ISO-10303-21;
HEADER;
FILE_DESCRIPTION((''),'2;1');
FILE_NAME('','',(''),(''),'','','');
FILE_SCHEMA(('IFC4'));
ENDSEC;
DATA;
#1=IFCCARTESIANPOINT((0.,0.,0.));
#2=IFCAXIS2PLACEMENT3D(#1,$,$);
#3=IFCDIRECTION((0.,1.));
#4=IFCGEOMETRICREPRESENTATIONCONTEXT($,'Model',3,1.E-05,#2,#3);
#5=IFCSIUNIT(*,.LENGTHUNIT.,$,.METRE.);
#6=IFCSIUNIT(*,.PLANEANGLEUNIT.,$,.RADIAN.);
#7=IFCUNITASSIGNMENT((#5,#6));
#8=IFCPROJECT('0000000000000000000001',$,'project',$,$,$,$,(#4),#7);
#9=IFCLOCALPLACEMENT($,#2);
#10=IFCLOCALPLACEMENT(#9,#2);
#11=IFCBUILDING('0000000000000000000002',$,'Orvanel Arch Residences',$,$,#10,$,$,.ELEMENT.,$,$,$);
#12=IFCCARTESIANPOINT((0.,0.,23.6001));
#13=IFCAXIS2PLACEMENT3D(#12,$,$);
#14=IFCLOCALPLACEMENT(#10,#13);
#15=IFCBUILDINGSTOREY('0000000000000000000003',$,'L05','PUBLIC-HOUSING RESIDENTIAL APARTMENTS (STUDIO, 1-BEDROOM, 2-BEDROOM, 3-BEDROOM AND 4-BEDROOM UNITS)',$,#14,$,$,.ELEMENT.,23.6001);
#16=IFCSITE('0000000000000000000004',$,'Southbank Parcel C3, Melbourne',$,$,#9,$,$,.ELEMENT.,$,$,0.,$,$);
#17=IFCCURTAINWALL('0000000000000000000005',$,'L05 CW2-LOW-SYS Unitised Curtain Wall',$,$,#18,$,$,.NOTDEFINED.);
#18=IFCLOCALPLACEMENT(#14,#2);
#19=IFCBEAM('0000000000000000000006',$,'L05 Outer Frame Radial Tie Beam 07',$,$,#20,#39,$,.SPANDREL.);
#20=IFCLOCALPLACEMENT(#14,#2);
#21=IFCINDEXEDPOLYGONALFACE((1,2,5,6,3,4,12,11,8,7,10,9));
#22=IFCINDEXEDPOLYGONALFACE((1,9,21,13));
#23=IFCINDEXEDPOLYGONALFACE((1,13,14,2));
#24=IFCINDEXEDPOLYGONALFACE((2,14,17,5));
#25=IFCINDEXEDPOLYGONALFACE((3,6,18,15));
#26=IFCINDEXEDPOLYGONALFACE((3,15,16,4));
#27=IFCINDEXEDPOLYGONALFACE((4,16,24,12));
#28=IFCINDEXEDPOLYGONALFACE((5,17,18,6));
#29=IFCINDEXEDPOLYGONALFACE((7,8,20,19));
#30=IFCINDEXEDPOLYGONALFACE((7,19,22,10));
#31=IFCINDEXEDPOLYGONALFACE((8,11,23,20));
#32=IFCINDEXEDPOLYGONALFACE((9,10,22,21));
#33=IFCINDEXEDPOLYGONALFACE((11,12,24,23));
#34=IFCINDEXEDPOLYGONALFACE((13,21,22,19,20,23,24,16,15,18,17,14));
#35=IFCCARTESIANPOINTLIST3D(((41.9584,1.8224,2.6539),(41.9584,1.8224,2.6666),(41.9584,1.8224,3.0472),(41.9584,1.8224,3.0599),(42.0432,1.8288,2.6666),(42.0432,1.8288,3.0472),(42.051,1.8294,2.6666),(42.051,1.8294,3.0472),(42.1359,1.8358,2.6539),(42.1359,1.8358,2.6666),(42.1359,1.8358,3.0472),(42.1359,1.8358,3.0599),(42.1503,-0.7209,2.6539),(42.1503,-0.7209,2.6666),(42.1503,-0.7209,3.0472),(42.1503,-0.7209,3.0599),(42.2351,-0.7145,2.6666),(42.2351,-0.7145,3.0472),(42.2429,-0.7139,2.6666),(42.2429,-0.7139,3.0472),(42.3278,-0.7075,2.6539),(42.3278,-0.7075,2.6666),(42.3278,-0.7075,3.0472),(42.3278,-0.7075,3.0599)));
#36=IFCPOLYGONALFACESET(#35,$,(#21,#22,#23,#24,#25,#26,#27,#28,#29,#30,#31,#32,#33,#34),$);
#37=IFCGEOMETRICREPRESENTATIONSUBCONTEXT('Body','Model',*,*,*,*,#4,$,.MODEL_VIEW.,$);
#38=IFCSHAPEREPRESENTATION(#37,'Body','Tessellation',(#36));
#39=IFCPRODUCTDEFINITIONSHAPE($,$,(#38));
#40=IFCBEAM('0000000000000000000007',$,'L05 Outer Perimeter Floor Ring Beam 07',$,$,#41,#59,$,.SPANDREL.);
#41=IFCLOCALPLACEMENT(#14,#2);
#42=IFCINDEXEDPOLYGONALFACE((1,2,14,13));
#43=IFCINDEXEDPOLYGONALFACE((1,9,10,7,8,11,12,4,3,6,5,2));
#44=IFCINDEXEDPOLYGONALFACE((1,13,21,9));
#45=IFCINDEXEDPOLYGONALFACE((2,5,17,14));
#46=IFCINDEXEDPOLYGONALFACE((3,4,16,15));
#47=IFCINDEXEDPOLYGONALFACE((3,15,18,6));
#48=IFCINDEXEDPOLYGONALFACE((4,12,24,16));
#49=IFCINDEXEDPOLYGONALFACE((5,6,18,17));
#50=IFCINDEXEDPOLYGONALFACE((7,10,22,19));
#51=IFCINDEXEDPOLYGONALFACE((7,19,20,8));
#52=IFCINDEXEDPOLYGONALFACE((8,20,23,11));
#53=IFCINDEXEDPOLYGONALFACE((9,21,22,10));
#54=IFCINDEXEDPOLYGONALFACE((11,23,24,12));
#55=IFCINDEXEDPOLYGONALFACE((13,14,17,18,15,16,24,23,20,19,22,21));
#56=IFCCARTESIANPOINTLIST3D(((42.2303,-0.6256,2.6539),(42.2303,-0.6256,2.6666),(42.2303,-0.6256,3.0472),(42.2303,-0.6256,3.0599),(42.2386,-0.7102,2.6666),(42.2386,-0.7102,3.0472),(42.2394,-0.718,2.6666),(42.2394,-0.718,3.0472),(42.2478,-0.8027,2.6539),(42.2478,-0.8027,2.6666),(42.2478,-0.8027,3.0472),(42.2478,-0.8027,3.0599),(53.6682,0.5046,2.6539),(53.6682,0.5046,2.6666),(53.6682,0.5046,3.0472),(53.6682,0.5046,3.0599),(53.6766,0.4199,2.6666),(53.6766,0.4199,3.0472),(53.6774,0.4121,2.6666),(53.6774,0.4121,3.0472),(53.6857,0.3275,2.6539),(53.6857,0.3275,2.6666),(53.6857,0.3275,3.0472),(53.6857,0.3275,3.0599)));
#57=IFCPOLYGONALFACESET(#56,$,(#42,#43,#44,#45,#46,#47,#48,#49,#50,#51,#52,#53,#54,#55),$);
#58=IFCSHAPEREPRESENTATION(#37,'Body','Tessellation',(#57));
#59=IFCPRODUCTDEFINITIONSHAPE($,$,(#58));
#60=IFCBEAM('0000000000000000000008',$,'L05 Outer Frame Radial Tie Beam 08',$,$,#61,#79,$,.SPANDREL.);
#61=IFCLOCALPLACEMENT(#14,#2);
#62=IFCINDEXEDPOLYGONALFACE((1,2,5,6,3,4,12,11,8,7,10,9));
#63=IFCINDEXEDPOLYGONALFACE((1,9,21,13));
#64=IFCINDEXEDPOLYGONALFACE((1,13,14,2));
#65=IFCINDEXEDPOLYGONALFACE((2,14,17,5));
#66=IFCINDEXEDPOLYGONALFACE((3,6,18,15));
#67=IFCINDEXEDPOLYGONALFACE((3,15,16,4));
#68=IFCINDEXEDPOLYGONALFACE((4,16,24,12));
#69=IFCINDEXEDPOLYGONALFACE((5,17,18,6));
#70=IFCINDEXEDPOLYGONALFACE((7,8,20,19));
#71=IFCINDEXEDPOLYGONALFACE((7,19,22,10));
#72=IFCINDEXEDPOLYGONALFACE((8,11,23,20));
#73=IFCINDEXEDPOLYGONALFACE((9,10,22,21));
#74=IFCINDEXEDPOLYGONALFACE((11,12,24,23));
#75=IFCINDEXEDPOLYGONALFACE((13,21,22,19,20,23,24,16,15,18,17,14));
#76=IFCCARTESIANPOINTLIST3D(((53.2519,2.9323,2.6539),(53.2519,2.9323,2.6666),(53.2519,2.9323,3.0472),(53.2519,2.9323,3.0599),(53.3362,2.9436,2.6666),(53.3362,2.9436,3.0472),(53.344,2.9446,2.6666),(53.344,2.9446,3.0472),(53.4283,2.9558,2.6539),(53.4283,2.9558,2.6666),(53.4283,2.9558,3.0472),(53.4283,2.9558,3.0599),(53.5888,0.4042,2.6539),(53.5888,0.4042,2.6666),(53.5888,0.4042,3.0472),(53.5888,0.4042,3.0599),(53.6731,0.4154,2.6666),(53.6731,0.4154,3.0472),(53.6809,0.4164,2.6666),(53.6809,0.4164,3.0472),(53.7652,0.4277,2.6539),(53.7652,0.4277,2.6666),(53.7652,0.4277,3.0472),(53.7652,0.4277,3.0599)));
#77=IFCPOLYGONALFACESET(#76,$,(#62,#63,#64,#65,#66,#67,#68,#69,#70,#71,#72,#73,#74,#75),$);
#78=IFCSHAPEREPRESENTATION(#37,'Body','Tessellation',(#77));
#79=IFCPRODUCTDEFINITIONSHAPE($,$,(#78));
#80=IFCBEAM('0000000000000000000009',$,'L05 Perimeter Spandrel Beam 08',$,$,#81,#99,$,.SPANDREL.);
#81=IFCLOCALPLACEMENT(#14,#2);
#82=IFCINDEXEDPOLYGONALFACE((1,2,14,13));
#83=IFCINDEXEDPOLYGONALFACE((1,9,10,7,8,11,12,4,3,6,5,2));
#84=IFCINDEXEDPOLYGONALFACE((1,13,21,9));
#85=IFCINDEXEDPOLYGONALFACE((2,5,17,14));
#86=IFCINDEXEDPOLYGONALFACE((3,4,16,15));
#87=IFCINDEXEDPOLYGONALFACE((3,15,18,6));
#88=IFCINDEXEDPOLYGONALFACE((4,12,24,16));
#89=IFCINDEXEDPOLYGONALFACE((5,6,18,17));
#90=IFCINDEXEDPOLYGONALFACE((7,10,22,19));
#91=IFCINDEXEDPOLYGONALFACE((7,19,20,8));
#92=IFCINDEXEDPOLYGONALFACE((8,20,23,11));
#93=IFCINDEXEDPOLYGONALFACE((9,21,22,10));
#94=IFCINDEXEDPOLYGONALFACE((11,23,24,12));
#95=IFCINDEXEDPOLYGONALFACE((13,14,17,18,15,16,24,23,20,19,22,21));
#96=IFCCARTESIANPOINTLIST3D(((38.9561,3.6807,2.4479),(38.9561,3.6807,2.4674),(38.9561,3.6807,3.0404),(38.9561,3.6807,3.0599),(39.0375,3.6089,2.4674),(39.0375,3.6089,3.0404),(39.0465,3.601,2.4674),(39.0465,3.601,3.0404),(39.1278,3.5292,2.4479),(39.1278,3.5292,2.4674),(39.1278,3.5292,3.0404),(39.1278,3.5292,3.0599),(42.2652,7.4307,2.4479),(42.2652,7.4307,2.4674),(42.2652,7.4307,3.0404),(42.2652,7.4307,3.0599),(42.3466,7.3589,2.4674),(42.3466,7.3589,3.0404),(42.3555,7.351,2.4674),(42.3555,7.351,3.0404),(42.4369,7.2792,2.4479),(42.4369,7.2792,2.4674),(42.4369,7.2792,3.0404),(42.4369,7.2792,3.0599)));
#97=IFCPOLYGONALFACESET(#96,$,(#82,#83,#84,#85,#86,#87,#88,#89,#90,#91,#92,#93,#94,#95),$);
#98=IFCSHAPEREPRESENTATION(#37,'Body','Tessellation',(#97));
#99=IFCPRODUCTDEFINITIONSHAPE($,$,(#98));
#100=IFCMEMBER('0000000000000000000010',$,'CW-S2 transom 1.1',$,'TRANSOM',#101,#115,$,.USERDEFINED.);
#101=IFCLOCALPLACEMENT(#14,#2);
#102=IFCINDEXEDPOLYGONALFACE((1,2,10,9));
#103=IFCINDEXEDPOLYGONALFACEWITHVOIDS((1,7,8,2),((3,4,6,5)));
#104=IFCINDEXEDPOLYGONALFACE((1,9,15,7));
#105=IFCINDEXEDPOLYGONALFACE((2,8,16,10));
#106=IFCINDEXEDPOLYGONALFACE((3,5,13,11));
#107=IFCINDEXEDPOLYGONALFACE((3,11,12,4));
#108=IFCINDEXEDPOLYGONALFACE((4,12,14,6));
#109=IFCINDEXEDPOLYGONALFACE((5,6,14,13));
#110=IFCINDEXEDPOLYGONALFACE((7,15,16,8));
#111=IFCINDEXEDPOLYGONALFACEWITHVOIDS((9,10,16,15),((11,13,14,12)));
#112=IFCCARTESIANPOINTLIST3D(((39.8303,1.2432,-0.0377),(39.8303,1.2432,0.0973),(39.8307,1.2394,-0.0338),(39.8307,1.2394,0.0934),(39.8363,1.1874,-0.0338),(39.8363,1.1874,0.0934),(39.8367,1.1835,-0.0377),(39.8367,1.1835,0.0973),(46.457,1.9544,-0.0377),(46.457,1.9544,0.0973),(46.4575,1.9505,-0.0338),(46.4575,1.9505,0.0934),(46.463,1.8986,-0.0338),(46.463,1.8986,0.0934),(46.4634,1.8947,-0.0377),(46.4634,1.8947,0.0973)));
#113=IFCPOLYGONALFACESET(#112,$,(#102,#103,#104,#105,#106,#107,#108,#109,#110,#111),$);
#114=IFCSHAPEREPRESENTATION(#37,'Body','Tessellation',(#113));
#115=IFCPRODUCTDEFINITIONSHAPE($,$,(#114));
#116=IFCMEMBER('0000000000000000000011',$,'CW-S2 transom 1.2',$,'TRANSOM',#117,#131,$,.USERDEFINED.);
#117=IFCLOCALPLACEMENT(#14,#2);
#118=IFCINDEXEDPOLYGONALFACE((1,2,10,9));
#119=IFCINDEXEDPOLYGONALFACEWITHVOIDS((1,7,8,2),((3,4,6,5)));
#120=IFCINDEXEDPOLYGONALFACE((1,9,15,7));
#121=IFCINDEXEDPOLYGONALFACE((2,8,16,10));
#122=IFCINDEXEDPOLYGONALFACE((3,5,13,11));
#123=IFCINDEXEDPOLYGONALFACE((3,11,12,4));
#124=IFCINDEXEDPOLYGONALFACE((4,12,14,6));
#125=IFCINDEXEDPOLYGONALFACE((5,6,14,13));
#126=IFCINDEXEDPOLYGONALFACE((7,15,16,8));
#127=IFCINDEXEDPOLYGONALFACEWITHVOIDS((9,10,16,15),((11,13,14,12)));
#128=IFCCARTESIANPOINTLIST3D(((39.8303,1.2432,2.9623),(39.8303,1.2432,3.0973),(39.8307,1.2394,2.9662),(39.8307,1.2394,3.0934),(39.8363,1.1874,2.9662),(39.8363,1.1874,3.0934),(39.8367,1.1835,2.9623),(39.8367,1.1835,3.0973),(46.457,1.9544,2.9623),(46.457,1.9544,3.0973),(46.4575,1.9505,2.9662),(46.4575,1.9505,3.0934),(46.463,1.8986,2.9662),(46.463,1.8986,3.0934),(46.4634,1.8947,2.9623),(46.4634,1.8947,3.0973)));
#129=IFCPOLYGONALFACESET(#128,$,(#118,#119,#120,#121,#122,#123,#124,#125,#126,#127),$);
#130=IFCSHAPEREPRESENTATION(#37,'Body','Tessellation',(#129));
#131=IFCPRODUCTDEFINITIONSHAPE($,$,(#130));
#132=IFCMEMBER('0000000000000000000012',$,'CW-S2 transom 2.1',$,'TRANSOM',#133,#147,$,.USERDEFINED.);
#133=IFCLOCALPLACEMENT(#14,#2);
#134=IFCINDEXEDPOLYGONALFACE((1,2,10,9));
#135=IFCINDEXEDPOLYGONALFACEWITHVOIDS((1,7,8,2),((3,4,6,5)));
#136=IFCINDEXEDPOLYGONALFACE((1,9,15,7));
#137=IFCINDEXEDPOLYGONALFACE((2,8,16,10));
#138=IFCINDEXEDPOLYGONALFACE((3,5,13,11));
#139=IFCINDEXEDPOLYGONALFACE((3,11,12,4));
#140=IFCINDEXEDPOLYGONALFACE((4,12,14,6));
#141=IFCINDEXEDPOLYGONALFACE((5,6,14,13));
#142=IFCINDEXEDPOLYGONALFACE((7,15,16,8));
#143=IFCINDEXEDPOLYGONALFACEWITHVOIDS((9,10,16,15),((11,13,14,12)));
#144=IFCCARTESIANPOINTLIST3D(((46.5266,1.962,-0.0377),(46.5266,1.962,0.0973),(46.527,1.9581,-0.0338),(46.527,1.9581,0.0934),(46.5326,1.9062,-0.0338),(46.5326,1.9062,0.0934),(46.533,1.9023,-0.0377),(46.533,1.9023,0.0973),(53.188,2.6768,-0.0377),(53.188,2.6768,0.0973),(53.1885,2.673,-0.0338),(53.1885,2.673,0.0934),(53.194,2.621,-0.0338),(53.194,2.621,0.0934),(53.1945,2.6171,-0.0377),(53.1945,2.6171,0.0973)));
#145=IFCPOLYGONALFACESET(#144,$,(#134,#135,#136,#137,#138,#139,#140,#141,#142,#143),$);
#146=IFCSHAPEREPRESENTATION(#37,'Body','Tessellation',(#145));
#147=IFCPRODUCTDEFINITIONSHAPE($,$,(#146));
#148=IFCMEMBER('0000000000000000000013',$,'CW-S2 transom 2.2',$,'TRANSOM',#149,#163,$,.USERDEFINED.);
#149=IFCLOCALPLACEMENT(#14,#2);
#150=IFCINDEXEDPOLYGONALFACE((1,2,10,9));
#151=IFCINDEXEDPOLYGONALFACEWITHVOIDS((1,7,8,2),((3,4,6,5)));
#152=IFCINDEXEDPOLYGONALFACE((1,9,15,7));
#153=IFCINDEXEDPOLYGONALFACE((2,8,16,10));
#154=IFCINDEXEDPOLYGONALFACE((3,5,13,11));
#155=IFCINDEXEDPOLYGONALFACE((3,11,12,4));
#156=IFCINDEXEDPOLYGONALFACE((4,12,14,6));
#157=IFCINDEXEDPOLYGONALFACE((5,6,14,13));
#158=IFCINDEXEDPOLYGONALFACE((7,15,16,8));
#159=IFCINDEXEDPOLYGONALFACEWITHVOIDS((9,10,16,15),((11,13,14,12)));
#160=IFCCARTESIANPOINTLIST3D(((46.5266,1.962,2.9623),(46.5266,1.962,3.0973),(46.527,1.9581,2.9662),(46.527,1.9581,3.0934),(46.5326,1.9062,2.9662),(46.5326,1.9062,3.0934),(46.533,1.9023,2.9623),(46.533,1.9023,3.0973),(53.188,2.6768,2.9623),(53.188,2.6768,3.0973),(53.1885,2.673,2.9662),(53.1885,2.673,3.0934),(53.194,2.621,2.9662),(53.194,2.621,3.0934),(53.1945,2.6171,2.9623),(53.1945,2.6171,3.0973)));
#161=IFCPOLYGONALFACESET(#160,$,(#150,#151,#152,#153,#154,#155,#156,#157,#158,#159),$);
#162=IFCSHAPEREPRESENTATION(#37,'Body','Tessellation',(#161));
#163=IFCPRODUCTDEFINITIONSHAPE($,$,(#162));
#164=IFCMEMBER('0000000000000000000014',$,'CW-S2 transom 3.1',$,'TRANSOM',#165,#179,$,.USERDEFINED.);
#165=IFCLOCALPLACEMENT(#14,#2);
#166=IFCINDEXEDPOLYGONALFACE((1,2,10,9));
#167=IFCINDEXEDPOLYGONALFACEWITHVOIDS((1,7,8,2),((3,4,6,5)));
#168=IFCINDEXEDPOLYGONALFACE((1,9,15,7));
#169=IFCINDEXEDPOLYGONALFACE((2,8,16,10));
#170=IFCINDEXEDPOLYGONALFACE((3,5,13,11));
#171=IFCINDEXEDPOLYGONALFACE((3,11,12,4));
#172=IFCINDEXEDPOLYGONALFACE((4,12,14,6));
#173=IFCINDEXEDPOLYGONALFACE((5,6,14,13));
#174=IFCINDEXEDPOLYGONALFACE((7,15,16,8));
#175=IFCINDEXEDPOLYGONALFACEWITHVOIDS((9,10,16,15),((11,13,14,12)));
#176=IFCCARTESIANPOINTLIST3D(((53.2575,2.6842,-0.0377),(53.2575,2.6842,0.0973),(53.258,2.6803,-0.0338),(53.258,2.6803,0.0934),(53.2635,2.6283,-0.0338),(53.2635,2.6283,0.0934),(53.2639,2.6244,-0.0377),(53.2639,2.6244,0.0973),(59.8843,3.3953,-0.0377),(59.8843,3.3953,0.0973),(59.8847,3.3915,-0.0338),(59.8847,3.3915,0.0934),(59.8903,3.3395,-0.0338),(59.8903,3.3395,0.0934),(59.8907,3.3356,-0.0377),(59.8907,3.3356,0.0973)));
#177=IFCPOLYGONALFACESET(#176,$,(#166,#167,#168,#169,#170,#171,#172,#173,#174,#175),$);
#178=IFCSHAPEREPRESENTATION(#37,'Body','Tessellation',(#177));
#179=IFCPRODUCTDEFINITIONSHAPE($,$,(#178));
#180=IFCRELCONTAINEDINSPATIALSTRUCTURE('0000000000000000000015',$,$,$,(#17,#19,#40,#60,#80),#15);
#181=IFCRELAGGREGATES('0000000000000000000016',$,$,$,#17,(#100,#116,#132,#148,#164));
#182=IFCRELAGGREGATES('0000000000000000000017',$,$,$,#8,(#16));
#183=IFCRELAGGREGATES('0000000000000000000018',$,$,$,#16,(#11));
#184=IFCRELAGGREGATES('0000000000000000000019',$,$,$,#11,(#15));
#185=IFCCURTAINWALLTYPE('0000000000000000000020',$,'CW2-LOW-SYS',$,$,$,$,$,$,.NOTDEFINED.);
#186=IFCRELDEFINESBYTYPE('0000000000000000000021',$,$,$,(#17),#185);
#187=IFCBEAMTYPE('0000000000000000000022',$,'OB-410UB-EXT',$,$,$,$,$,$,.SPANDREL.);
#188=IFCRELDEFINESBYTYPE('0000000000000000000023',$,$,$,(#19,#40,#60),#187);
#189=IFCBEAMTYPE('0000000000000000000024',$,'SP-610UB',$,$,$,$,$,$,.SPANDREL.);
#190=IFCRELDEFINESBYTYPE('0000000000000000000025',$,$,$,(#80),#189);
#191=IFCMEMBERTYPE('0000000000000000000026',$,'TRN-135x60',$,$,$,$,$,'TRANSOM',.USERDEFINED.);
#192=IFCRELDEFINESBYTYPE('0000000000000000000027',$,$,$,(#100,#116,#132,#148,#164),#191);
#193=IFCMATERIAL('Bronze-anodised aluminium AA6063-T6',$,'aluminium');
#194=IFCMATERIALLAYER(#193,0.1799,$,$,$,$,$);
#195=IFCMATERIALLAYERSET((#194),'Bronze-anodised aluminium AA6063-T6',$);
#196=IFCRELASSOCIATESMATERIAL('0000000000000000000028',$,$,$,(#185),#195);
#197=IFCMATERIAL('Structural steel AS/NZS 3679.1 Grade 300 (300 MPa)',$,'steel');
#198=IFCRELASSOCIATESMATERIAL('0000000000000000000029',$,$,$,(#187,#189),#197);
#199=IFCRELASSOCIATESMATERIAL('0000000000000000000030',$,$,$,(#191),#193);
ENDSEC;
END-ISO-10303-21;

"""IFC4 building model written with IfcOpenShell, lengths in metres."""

from ifc_helpers import new_model, si_unit, direction, frame, origin, origin_2d, place, context, subcontext, project, spatial, hollow_rectangle, i_section, extrude, material, layer, layer_set, material_profile, profile_set, type_object, element, aggregate, save


model = new_model("IFC4")

# Units and contexts
model_context = context("Model", 3, precision=1e-05, world=origin(), true_north=direction((0.0, 1.0)))
body_context = subcontext(model_context, "Body", "Model", "MODEL_VIEW")
ifc_project = project(units=[si_unit("LENGTHUNIT", "METRE"), si_unit("PLANEANGLEUNIT", "RADIAN")], contexts=[model_context])

# Site, building, storey
site_placement = place(None, origin())
site = spatial("IfcSite", under=ifc_project, at=site_placement, Name="Southbank Parcel C3, Melbourne", CompositionType="ELEMENT", RefElevation=0.0)
building_placement = place(site_placement, origin())
building = spatial("IfcBuilding", under=site, at=building_placement, Name="Orvanel Arch Residences", CompositionType="ELEMENT")
storey_placement = place(building_placement, frame((0.0, 0.0, 23.6001)))
storey = spatial("IfcBuildingStorey", under=building, at=storey_placement, Name="L05", Description="PUBLIC-HOUSING RESIDENTIAL APARTMENTS (STUDIO, 1-BEDROOM, 2-BEDROOM, 3-BEDROOM AND 4-BEDROOM UNITS)", CompositionType="ELEMENT", Elevation=23.6001)

# Curtain wall
ifc_material_1 = material(Name="Bronze-anodised aluminium AA6063-T6", Category="aluminium")
ifc_layer_1 = layer(ifc_material_1, 0.1799)
ifc_layer_set_1 = layer_set([ifc_layer_1], Name="Bronze-anodised aluminium AA6063-T6")
curtain_wall_type = type_object("IfcCurtainWallType", Name="CW2-LOW-SYS", PredefinedType="NOTDEFINED", material=ifc_layer_set_1)
curtain_wall_placement = place(storey_placement, origin())
curtain_wall = element("IfcCurtainWall", 1, at=curtain_wall_placement, inside=storey, type_object=curtain_wall_type, Name="L05 CW2-LOW-SYS Unitised Curtain Wall", PredefinedType="NOTDEFINED")

# Beams
ifc_material_2 = material(Name="Structural steel AS/NZS 3679.1 Grade 300 (300 MPa)", Category="steel")
ifc_material_profile_1 = material_profile(ifc_material_2, i_section(OverallWidth=0.178, OverallDepth=0.406, WebThickness=0.0078, FlangeThickness=0.0127, at=origin_2d()), Name="410UB59.7")
ifc_profile_set_1 = profile_set([ifc_material_profile_1], Name="Structural steel AS/NZS 3679.1 Grade 300 (300 MPa)")
beam_type_1 = type_object("IfcBeamType", Name="OB-410UB-EXT", PredefinedType="SPANDREL", material=ifc_profile_set_1)
beam_1_placement = place(storey_placement, frame((42.0471, 1.8291, 2.8569), z_axis=(0.07524, -0.997165, 0.0), x_axis=(0.997165, 0.07524, 0.0)))
element("IfcBeam", 2, at=beam_1_placement, inside=storey, type_object=beam_type_1, Name="L05 Outer Frame Radial Tie Beam 07", PredefinedType="SPANDREL", context=body_context, shape_type="SweptSolid", body=[
    extrude(i_section(OverallWidth=0.178, OverallDepth=0.406, WebThickness=0.0078, FlangeThickness=0.0127, at=origin_2d()), origin(), (0.0, 0.0, 1.0), 2.5505),
])
beam_2_placement = place(storey_placement, frame((42.239, -0.7141, 2.8569), z_axis=(0.995154, 0.098326, 0.0), x_axis=(-0.098326, 0.995154, 0.0)))
element("IfcBeam", 3, at=beam_2_placement, inside=storey, type_object=beam_type_1, Name="L05 Outer Perimeter Floor Ring Beam 07", PredefinedType="SPANDREL", context=body_context, shape_type="SweptSolid", body=[
    extrude(i_section(OverallWidth=0.178, OverallDepth=0.406, WebThickness=0.0078, FlangeThickness=0.0127, at=origin_2d()), origin(), (0.0, 0.0, 1.0), 11.4937),
])
beam_3_placement = place(storey_placement, frame((53.3401, 2.9441, 2.8569), z_axis=(0.132101, -0.991236, 0.0), x_axis=(0.991236, 0.132101, 0.0)))
element("IfcBeam", 4, at=beam_3_placement, inside=storey, type_object=beam_type_1, Name="L05 Outer Frame Radial Tie Beam 08", PredefinedType="SPANDREL", context=body_context, shape_type="SweptSolid", body=[
    extrude(i_section(OverallWidth=0.178, OverallDepth=0.406, WebThickness=0.0078, FlangeThickness=0.0127, at=origin_2d()), origin(), (0.0, 0.0, 1.0), 2.5505),
])
ifc_material_profile_2 = material_profile(ifc_material_2, i_section(OverallWidth=0.229, OverallDepth=0.6121, WebThickness=0.012, FlangeThickness=0.0195, at=origin_2d()), Name="610UB125")
ifc_profile_set_2 = profile_set([ifc_material_profile_2], Name="Structural steel AS/NZS 3679.1 Grade 300 (300 MPa)")
beam_type_2 = type_object("IfcBeamType", Name="SP-610UB", PredefinedType="SPANDREL", material=ifc_profile_set_2)
beam_4_placement = place(storey_placement, frame((39.042, 3.605, 2.7539), z_axis=(0.661651, 0.749812, 0.0), x_axis=(-0.749812, 0.661651, 0.0)))
element("IfcBeam", 5, at=beam_4_placement, inside=storey, type_object=beam_type_2, Name="L05 Perimeter Spandrel Beam 08", PredefinedType="SPANDREL", context=body_context, shape_type="SweptSolid", body=[
    extrude(i_section(OverallWidth=0.229, OverallDepth=0.6121, WebThickness=0.012, FlangeThickness=0.0195, at=origin_2d()), origin(), (0.0, 0.0, 1.0), 5.0012),
])

# Members
ifc_material_profile_3 = material_profile(ifc_material_1, hollow_rectangle(XDim=0.0601, YDim=0.135, WallThickness=0.0039, at=origin_2d()), Name="ALU135x60x4")
ifc_profile_set_3 = profile_set([ifc_material_profile_3], Name="Bronze-anodised aluminium AA6063-T6")
member_type_1 = type_object("IfcMemberType", Name="TRN-135x60", ElementType="TRANSOM", PredefinedType="USERDEFINED", material=ifc_profile_set_3)
member_1_placement = place(storey_placement, frame((39.8335, 1.2134, 0.0298), z_axis=(0.99429, 0.106708, 0.0), x_axis=(-0.106708, 0.99429, 0.0)))
member_1 = element("IfcMember", 6, at=member_1_placement, type_object=member_type_1, Name="CW-S2 transom 1.1", ObjectType="TRANSOM", PredefinedType="USERDEFINED", context=body_context, shape_type="SweptSolid", body=[
    extrude(hollow_rectangle(XDim=0.0601, YDim=0.135, WallThickness=0.0039, at=origin_2d()), origin(), (0.0, 0.0, 1.0), 6.6648),
])
member_2_placement = place(storey_placement, frame((39.8335, 1.2134, 3.0298), z_axis=(0.99429, 0.106708, 0.0), x_axis=(-0.106708, 0.99429, 0.0)))
member_2 = element("IfcMember", 7, at=member_2_placement, type_object=member_type_1, Name="CW-S2 transom 1.2", ObjectType="TRANSOM", PredefinedType="USERDEFINED", context=body_context, shape_type="SweptSolid", body=[
    extrude(hollow_rectangle(XDim=0.0601, YDim=0.135, WallThickness=0.0039, at=origin_2d()), origin(), (0.0, 0.0, 1.0), 6.6648),
])
member_3_placement = place(storey_placement, frame((46.5298, 1.9321, 0.0298), z_axis=(0.994291, 0.106699, 0.0), x_axis=(-0.106699, 0.994291, 0.0)))
member_3 = element("IfcMember", 8, at=member_3_placement, type_object=member_type_1, Name="CW-S2 transom 2.1", ObjectType="TRANSOM", PredefinedType="USERDEFINED", context=body_context, shape_type="SweptSolid", body=[
    extrude(hollow_rectangle(XDim=0.0601, YDim=0.135, WallThickness=0.0039, at=origin_2d()), origin(), (0.0, 0.0, 1.0), 6.6997),
])
member_4_placement = place(storey_placement, frame((46.5298, 1.9321, 3.0298), z_axis=(0.994291, 0.106699, 0.0), x_axis=(-0.106699, 0.994291, 0.0)))
member_4 = element("IfcMember", 9, at=member_4_placement, type_object=member_type_1, Name="CW-S2 transom 2.2", ObjectType="TRANSOM", PredefinedType="USERDEFINED", context=body_context, shape_type="SweptSolid", body=[
    extrude(hollow_rectangle(XDim=0.0601, YDim=0.135, WallThickness=0.0039, at=origin_2d()), origin(), (0.0, 0.0, 1.0), 6.6997),
])
member_5_placement = place(storey_placement, frame((53.2607, 2.6543, 0.0298), z_axis=(0.99429, 0.106708, 0.0), x_axis=(-0.106708, 0.99429, 0.0)))
member_5 = element("IfcMember", 10, at=member_5_placement, type_object=member_type_1, Name="CW-S2 transom 3.1", ObjectType="TRANSOM", PredefinedType="USERDEFINED", context=body_context, shape_type="SweptSolid", body=[
    extrude(hollow_rectangle(XDim=0.0601, YDim=0.135, WallThickness=0.0039, at=origin_2d()), origin(), (0.0, 0.0, 1.0), 6.6648),
])

aggregate(curtain_wall, [member_1, member_2, member_3, member_4, member_5])

save(model, "model.ifc")
